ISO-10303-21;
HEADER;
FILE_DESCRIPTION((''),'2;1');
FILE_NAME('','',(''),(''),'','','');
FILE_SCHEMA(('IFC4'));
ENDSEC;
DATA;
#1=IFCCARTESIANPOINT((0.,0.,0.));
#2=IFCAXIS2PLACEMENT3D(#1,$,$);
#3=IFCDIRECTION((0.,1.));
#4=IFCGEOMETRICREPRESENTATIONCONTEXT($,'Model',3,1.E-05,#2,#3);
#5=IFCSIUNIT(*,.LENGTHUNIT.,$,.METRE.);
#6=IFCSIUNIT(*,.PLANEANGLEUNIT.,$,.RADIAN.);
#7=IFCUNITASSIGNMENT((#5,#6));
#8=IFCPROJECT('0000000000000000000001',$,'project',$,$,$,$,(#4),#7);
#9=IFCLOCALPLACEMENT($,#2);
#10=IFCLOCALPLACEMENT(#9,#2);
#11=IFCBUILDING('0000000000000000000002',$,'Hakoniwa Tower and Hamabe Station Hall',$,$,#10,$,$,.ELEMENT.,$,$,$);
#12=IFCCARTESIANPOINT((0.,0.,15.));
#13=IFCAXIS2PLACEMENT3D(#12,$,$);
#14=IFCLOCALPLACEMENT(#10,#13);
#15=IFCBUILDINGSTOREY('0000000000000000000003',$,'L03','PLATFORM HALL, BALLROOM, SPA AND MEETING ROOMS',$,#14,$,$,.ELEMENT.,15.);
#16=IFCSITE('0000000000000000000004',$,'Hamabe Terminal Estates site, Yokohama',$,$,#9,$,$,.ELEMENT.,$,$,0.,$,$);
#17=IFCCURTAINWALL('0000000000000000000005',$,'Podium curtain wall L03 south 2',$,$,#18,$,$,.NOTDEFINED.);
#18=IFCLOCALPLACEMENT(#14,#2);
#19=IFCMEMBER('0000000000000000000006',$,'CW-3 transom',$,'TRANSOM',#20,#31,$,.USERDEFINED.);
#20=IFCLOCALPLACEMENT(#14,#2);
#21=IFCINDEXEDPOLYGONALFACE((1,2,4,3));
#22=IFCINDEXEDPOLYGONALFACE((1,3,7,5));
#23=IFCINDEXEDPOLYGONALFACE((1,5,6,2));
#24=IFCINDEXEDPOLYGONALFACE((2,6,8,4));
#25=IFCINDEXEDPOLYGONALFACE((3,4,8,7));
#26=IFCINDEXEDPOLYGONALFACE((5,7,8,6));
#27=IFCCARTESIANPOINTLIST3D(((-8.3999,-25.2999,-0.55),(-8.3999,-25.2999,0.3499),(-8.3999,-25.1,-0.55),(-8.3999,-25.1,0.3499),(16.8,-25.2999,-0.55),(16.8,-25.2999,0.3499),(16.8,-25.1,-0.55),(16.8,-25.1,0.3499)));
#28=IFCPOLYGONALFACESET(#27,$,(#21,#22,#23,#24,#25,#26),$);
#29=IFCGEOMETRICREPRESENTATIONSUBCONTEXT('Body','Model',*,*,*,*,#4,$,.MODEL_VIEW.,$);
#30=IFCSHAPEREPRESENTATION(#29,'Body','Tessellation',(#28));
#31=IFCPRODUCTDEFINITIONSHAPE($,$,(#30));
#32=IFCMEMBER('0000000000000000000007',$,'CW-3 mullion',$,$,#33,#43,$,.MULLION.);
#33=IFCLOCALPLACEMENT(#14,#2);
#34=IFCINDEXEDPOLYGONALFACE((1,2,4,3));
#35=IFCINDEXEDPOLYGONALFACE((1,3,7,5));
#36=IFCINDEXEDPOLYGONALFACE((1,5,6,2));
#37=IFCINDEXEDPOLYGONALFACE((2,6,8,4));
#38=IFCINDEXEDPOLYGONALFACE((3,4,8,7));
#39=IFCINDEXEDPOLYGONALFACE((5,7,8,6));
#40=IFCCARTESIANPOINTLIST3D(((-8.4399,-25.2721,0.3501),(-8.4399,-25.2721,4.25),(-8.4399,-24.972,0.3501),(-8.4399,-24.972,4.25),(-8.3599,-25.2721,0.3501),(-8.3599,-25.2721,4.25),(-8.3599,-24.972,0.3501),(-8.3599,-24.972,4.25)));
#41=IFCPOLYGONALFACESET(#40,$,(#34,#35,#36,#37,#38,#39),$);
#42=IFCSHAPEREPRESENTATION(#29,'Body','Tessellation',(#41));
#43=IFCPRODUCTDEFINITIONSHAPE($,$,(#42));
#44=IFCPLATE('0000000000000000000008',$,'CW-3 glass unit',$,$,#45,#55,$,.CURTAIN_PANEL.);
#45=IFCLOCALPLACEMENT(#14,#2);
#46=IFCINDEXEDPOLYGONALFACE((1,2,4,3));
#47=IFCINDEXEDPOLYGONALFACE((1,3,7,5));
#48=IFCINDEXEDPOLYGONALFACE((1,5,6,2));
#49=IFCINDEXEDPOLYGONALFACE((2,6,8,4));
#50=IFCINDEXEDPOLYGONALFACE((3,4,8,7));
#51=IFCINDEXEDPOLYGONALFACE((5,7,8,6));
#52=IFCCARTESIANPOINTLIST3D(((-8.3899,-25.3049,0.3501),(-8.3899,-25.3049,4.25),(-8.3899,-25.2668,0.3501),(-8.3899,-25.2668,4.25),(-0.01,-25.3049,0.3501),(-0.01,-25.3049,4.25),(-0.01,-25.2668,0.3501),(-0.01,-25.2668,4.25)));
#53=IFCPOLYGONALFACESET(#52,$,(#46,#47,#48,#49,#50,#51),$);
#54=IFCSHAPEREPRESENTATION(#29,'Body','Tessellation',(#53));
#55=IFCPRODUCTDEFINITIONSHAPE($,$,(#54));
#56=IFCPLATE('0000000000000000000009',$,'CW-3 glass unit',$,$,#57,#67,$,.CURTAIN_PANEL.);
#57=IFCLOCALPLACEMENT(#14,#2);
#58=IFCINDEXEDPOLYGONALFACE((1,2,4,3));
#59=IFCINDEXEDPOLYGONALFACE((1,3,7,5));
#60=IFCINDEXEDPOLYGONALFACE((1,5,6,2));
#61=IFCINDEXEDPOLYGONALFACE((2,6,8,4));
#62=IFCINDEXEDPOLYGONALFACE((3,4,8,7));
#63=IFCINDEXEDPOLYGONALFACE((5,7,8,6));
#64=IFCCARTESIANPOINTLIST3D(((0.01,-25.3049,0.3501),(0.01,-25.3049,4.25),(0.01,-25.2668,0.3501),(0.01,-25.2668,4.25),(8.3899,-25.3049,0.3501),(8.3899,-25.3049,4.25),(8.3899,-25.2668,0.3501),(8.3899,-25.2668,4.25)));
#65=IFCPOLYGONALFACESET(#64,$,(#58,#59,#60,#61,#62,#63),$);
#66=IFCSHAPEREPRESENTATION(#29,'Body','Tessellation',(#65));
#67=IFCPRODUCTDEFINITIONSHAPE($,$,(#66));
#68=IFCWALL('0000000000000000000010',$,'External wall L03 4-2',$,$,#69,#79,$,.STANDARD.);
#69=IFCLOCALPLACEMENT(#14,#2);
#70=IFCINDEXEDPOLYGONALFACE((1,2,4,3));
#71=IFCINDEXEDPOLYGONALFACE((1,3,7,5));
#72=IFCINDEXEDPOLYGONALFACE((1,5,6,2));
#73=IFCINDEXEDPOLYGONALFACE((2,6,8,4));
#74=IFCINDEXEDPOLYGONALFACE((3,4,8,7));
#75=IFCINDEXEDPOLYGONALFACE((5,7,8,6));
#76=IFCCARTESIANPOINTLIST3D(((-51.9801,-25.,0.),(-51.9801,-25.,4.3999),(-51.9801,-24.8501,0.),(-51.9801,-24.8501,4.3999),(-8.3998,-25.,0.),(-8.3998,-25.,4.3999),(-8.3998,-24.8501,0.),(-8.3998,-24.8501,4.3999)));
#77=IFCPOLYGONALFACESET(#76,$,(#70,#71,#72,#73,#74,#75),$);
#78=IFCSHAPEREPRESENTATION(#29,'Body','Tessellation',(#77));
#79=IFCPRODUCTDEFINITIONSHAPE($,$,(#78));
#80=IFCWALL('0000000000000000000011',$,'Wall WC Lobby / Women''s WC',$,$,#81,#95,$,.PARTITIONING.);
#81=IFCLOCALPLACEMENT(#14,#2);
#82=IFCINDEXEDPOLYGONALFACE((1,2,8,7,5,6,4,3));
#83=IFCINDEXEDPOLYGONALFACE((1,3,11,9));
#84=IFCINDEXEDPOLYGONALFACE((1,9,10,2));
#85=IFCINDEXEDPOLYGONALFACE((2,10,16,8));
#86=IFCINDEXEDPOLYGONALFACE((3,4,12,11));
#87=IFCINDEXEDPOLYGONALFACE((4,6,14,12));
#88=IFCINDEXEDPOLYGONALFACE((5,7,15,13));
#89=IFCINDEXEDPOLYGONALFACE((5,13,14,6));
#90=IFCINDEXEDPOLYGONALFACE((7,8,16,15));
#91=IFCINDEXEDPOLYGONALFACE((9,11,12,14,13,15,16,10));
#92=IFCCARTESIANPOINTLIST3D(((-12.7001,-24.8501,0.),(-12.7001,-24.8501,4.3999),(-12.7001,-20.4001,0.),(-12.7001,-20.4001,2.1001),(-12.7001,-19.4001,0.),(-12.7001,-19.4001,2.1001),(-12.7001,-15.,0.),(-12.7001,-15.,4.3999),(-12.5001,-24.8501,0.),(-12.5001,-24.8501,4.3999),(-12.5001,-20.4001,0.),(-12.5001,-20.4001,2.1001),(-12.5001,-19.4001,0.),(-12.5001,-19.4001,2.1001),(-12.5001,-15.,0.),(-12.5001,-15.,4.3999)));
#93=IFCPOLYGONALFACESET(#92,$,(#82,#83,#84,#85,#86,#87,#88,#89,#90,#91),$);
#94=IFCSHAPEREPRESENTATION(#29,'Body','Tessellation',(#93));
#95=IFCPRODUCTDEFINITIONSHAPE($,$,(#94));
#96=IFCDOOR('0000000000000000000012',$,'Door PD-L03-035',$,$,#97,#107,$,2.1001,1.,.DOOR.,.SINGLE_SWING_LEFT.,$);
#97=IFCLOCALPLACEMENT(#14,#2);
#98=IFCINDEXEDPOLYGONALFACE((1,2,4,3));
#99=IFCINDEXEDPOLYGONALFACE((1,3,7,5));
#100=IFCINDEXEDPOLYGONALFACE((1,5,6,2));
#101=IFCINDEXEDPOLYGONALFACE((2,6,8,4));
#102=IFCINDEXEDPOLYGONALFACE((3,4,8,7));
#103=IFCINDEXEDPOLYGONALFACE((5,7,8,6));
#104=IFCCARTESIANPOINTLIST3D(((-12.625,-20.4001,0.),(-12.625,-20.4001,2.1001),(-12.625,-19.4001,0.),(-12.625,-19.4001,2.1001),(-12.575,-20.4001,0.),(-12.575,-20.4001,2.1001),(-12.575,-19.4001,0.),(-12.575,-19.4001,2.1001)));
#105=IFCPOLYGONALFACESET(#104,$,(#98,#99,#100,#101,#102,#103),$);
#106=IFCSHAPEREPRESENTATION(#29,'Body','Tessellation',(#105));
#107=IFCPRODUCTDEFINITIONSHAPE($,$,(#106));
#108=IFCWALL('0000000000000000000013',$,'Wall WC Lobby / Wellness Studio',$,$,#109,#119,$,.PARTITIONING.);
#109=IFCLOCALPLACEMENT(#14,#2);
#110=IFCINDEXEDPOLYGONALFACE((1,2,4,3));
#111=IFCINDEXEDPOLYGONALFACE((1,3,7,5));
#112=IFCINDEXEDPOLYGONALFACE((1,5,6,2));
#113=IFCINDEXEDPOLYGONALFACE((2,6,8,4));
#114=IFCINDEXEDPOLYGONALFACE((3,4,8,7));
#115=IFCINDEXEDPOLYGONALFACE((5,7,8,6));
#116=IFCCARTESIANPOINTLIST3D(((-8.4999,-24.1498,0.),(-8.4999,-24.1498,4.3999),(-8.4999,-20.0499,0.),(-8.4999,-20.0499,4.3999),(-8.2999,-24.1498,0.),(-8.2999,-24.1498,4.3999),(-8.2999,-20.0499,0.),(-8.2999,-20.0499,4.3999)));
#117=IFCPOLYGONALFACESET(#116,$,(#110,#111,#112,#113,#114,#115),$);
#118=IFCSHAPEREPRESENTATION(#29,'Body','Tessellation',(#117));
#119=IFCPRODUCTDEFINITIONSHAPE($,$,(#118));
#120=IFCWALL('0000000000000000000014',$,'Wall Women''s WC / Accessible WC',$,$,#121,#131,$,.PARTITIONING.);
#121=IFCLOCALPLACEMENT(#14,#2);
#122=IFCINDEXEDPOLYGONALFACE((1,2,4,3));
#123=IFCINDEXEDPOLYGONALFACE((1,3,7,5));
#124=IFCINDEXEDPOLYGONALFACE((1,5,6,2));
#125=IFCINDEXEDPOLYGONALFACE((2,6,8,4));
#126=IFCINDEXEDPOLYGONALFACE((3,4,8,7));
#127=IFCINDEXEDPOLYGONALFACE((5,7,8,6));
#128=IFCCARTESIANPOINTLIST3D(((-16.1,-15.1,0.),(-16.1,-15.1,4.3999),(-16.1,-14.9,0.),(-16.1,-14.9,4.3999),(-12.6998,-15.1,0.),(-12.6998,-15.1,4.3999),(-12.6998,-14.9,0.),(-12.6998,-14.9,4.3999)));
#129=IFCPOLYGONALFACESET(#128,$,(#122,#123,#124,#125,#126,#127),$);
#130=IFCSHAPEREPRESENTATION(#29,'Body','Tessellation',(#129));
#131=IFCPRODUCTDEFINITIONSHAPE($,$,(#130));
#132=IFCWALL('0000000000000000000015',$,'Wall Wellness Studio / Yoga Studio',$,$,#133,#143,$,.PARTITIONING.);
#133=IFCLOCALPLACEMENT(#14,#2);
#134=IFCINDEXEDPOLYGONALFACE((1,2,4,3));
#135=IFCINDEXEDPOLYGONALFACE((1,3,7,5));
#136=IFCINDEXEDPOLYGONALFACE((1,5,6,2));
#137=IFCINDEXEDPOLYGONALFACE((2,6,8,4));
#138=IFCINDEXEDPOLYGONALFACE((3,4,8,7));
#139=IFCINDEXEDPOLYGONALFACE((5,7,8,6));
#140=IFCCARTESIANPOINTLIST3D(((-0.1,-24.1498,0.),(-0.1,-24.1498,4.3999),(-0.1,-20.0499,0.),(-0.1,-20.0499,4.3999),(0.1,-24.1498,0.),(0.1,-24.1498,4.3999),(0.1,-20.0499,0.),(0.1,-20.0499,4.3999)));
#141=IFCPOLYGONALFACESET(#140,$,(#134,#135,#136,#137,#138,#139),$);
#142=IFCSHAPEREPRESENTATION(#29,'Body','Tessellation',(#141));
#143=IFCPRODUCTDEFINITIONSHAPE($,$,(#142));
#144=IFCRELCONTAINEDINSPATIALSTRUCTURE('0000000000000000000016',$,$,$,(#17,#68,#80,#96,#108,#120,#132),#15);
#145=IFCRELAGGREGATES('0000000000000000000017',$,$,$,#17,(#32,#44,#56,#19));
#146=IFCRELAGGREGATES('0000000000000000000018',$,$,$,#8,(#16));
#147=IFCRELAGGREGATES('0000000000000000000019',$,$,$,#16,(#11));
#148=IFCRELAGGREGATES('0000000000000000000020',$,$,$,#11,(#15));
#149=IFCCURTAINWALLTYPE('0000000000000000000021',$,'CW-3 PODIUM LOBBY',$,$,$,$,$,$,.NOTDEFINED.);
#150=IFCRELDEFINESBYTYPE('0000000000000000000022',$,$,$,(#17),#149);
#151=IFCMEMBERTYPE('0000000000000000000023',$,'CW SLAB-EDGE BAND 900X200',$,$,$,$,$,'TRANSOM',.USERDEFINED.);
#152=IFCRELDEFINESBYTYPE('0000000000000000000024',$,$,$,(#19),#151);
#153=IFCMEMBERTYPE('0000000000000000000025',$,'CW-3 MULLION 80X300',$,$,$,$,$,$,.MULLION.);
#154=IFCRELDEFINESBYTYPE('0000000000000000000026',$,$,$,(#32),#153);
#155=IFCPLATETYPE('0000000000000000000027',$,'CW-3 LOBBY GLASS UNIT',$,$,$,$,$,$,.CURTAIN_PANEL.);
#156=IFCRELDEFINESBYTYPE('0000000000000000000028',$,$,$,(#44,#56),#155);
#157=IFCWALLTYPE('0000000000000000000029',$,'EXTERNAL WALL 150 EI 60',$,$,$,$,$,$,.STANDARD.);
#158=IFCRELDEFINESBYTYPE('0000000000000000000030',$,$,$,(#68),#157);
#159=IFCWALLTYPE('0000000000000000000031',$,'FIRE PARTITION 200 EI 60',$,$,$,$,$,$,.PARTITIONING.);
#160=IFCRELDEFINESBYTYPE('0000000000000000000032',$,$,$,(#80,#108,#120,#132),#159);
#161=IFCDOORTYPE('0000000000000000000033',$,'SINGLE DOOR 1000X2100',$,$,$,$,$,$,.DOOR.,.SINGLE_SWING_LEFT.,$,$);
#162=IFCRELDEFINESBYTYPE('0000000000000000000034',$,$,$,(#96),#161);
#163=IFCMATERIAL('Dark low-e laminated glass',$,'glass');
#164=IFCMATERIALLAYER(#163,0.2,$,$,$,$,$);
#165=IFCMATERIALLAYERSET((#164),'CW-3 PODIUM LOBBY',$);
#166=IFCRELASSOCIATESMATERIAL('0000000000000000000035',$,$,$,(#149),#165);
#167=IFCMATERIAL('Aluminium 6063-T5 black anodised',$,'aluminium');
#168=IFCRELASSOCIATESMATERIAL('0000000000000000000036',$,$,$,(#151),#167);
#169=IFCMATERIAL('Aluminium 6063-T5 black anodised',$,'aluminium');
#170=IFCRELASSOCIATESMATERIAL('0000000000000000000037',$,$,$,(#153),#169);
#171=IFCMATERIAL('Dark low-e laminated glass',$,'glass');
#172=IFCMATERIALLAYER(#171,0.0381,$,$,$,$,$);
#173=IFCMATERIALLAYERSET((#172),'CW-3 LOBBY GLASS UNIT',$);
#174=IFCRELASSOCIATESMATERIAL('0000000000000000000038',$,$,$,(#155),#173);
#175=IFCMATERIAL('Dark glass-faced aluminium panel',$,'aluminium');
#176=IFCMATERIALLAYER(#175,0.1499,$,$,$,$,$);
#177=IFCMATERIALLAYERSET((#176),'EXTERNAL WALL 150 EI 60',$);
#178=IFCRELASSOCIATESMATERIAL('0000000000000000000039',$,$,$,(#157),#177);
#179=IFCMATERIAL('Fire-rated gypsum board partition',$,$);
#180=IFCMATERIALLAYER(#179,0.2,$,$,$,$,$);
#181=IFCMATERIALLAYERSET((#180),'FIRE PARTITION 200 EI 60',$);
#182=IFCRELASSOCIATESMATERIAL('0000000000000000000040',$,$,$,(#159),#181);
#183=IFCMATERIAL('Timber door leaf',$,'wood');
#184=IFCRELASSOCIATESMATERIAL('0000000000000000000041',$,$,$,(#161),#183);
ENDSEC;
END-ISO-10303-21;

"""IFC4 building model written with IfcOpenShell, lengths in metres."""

from ifc_helpers import new_model, si_unit, direction, frame, frame_2d, origin, origin_2d, place, context, subcontext, project, spatial, rectangle, extrude, material, layer, layer_set, material_profile, profile_set, type_object, element, fill, aggregate, save


model = new_model("IFC4")

# Units and contexts
model_context = context("Model", 3, precision=1e-05, world=origin(), true_north=direction((0.0, 1.0)))
body_context = subcontext(model_context, "Body", "Model", "MODEL_VIEW")
ifc_project = project(units=[si_unit("LENGTHUNIT", "METRE"), si_unit("PLANEANGLEUNIT", "RADIAN")], contexts=[model_context])

# Site, building, storey
site_placement = place(None, origin())
site = spatial("IfcSite", under=ifc_project, at=site_placement, Name="Hamabe Terminal Estates site, Yokohama", CompositionType="ELEMENT", RefElevation=0.0)
building_placement = place(site_placement, origin())
building = spatial("IfcBuilding", under=site, at=building_placement, Name="Hakoniwa Tower and Hamabe Station Hall", CompositionType="ELEMENT")
storey_placement = place(building_placement, frame((0.0, 0.0, 15.0)))
storey = spatial("IfcBuildingStorey", under=building, at=storey_placement, Name="L03", Description="PLATFORM HALL, BALLROOM, SPA AND MEETING ROOMS", CompositionType="ELEMENT", Elevation=15.0)

# Curtain wall, members, plates
ifc_material_1 = material(Name="Dark low-e laminated glass", Category="glass")
ifc_layer_1 = layer(ifc_material_1, 0.2)
ifc_layer_set_1 = layer_set([ifc_layer_1], Name="CW-3 PODIUM LOBBY")
curtain_wall_type = type_object("IfcCurtainWallType", Name="CW-3 PODIUM LOBBY", PredefinedType="NOTDEFINED", material=ifc_layer_set_1)
curtain_wall_placement = place(storey_placement, origin())
curtain_wall = element("IfcCurtainWall", 1, at=curtain_wall_placement, inside=storey, type_object=curtain_wall_type, Name="Podium curtain wall L03 south 2", PredefinedType="NOTDEFINED")
ifc_material_2 = material(Name="Aluminium 6063-T5 black anodised", Category="aluminium")
ifc_material_profile_1 = material_profile(ifc_material_2, rectangle(XDim=0.2, YDim=0.8999, at=origin_2d()), Name="CW SLAB-EDGE BAND 900X200")
ifc_profile_set_1 = profile_set([ifc_material_profile_1], Name="Aluminium 6063-T5 black anodised")
member_type_1 = type_object("IfcMemberType", Name="CW SLAB-EDGE BAND 900X200", ElementType="TRANSOM", PredefinedType="USERDEFINED", material=ifc_profile_set_1)
member_1_placement = place(storey_placement, frame((-8.3999, -25.2, -0.1001), z_axis=(1.0, 0.0, 0.0), x_axis=(0.0, 1.0, 0.0)))
member_1 = element("IfcMember", 2, at=member_1_placement, type_object=member_type_1, Name="CW-3 transom", ObjectType="TRANSOM", PredefinedType="USERDEFINED", context=body_context, shape_type="SweptSolid", body=[
    extrude(rectangle(XDim=0.2, YDim=0.8999, at=origin_2d()), origin(), (0.0, 0.0, 1.0), 25.2),
])
ifc_material_3 = material(Name="Aluminium 6063-T5 black anodised", Category="aluminium")
ifc_material_profile_2 = material_profile(ifc_material_3, rectangle(XDim=0.0801, YDim=0.3, at=origin_2d()), Name="CW-3 MULLION 80X300")
ifc_profile_set_2 = profile_set([ifc_material_profile_2], Name="Aluminium 6063-T5 black anodised")
member_type_2 = type_object("IfcMemberType", Name="CW-3 MULLION 80X300", PredefinedType="MULLION", material=ifc_profile_set_2)
member_2_placement = place(storey_placement, frame((-8.3999, -25.1221, 0.3501), z_axis=(0.0, 0.0, 1.0), x_axis=(1.0, 0.0, 0.0)))
member_2 = element("IfcMember", 3, at=member_2_placement, type_object=member_type_2, Name="CW-3 mullion", PredefinedType="MULLION", context=body_context, shape_type="SweptSolid", body=[
    extrude(rectangle(XDim=0.0801, YDim=0.3, at=origin_2d()), origin(), (0.0, 0.0, 1.0), 3.8999),
])
ifc_material_4 = material(Name="Dark low-e laminated glass", Category="glass")
ifc_layer_2 = layer(ifc_material_4, 0.0381)
ifc_layer_set_2 = layer_set([ifc_layer_2], Name="CW-3 LOBBY GLASS UNIT")
plate_type = type_object("IfcPlateType", Name="CW-3 LOBBY GLASS UNIT", PredefinedType="CURTAIN_PANEL", material=ifc_layer_set_2)
plate_1_placement = place(storey_placement, frame((-4.2, -25.2859, 0.3501), z_axis=(0.0, 0.0, 1.0), x_axis=(1.0, 0.0, 0.0)))
plate_1 = element("IfcPlate", 4, at=plate_1_placement, type_object=plate_type, Name="CW-3 glass unit", PredefinedType="CURTAIN_PANEL", context=body_context, shape_type="SweptSolid", body=[
    extrude(rectangle(XDim=8.3799, YDim=0.0381, at=origin_2d()), origin(), (0.0, 0.0, 1.0), 3.8999),
])
plate_2_placement = place(storey_placement, frame((4.2, -25.2859, 0.3501), z_axis=(0.0, 0.0, 1.0), x_axis=(1.0, 0.0, 0.0)))
plate_2 = element("IfcPlate", 5, at=plate_2_placement, type_object=plate_type, Name="CW-3 glass unit", PredefinedType="CURTAIN_PANEL", context=body_context, shape_type="SweptSolid", body=[
    extrude(rectangle(XDim=8.3799, YDim=0.0381, at=origin_2d()), origin(), (0.0, 0.0, 1.0), 3.8999),
])
aggregate(curtain_wall, [member_2, plate_1, plate_2, member_1])

# Wall
ifc_material_5 = material(Name="Dark glass-faced aluminium panel", Category="aluminium")
ifc_layer_3 = layer(ifc_material_5, 0.1499)
ifc_layer_set_3 = layer_set([ifc_layer_3], Name="EXTERNAL WALL 150 EI 60")
wall_type_1 = type_object("IfcWallType", Name="EXTERNAL WALL 150 EI 60", PredefinedType="STANDARD", material=ifc_layer_set_3)
wall_1_placement = place(storey_placement, frame((-8.3999, -24.925, 0.0), z_axis=(0.0, 0.0, 1.0), x_axis=(-1.0, 0.0, 0.0)))
element("IfcWall", 6, at=wall_1_placement, inside=storey, type_object=wall_type_1, Name="External wall L03 4-2", PredefinedType="STANDARD", context=body_context, shape_type="SweptSolid", body=[
    extrude(rectangle(XDim=43.5803, YDim=0.1499, at=frame_2d((21.79, 0.0))), origin(), (0.0, 0.0, 1.0), 4.3999),
])

# Wall, opening, door
ifc_material_6 = material(Name="Fire-rated gypsum board partition")
ifc_layer_4 = layer(ifc_material_6, 0.2)
ifc_layer_set_4 = layer_set([ifc_layer_4], Name="FIRE PARTITION 200 EI 60")
wall_type_2 = type_object("IfcWallType", Name="FIRE PARTITION 200 EI 60", PredefinedType="PARTITIONING", material=ifc_layer_set_4)
wall_2_placement = place(storey_placement, frame((-12.6001, -24.8501, 0.0), z_axis=(0.0, 0.0, 1.0), x_axis=(0.0, 1.0, 0.0)))
wall_2 = element("IfcWall", 7, at=wall_2_placement, inside=storey, type_object=wall_type_2, Name="Wall WC Lobby / Women's WC", PredefinedType="PARTITIONING", context=body_context, shape_type="SweptSolid", body=[
    extrude(rectangle(XDim=9.8501, YDim=0.2, at=frame_2d((4.925, 0.0))), origin(), (0.0, 0.0, 1.0), 4.3999),
])
opening_placement = place(wall_2_placement, frame((4.45, 0.0, 0.0)))
opening = element("IfcOpeningElement", 8, at=opening_placement, cuts=wall_2, PredefinedType="OPENING", context=body_context, shape_type="SweptSolid", body=[
    extrude(rectangle(XDim=1.0, YDim=2.1001, at=frame_2d((0.5, 1.05))), frame((0.0, 0.1099, 0.0), z_axis=(0.0, -1.0, 0.0), x_axis=(1.0, 0.0, 0.0)), (0.0, 0.0, 1.0), 0.22),
])
ifc_material_7 = material(Name="Timber door leaf", Category="wood")
door_type = type_object("IfcDoorType", Name="SINGLE DOOR 1000X2100", OperationType="SINGLE_SWING_LEFT", PredefinedType="DOOR", material=ifc_material_7)
door_placement = place(opening_placement, origin())
door = element("IfcDoor", 9, at=door_placement, inside=storey, type_object=door_type, Name="Door PD-L03-035", OperationType="SINGLE_SWING_LEFT", OverallHeight=2.1001, OverallWidth=1.0, PredefinedType="DOOR", context=body_context, shape_type="SweptSolid", body=[
    extrude(rectangle(XDim=1.0, YDim=2.1001, at=frame_2d((0.5, 1.05))), frame((0.0, 0.0249, 0.0), z_axis=(0.0, -1.0, 0.0), x_axis=(1.0, 0.0, 0.0)), (0.0, 0.0, 1.0), 0.05),
])
fill(opening, door)

# Walls
wall_3_placement = place(storey_placement, frame((-8.3999, -20.05, 0.0), z_axis=(0.0, 0.0, 1.0), x_axis=(0.0, -1.0, 0.0)))
element("IfcWall", 10, at=wall_3_placement, inside=storey, type_object=wall_type_2, Name="Wall WC Lobby / Wellness Studio", PredefinedType="PARTITIONING", context=body_context, shape_type="SweptSolid", body=[
    extrude(rectangle(XDim=4.0999, YDim=0.2, at=frame_2d((2.0498, 0.0))), origin(), (0.0, 0.0, 1.0), 4.3999),
])
wall_4_placement = place(storey_placement, frame((-16.1001, -15.0, 0.0), z_axis=(0.0, 0.0, 1.0), x_axis=(1.0, 0.0, 0.0)))
element("IfcWall", 11, at=wall_4_placement, inside=storey, type_object=wall_type_2, Name="Wall Women's WC / Accessible WC", PredefinedType="PARTITIONING", context=body_context, shape_type="SweptSolid", body=[
    extrude(rectangle(XDim=3.4001, YDim=0.2, at=frame_2d((1.7002, 0.0))), origin(), (0.0, 0.0, 1.0), 4.3999),
])
wall_5_placement = place(storey_placement, frame((0.0, -20.05, 0.0), z_axis=(0.0, 0.0, 1.0), x_axis=(0.0, -1.0, 0.0)))
element("IfcWall", 12, at=wall_5_placement, inside=storey, type_object=wall_type_2, Name="Wall Wellness Studio / Yoga Studio", PredefinedType="PARTITIONING", context=body_context, shape_type="SweptSolid", body=[
    extrude(rectangle(XDim=4.0999, YDim=0.2, at=frame_2d((2.0498, 0.0))), origin(), (0.0, 0.0, 1.0), 4.3999),
])

save(model, "model.ifc")
